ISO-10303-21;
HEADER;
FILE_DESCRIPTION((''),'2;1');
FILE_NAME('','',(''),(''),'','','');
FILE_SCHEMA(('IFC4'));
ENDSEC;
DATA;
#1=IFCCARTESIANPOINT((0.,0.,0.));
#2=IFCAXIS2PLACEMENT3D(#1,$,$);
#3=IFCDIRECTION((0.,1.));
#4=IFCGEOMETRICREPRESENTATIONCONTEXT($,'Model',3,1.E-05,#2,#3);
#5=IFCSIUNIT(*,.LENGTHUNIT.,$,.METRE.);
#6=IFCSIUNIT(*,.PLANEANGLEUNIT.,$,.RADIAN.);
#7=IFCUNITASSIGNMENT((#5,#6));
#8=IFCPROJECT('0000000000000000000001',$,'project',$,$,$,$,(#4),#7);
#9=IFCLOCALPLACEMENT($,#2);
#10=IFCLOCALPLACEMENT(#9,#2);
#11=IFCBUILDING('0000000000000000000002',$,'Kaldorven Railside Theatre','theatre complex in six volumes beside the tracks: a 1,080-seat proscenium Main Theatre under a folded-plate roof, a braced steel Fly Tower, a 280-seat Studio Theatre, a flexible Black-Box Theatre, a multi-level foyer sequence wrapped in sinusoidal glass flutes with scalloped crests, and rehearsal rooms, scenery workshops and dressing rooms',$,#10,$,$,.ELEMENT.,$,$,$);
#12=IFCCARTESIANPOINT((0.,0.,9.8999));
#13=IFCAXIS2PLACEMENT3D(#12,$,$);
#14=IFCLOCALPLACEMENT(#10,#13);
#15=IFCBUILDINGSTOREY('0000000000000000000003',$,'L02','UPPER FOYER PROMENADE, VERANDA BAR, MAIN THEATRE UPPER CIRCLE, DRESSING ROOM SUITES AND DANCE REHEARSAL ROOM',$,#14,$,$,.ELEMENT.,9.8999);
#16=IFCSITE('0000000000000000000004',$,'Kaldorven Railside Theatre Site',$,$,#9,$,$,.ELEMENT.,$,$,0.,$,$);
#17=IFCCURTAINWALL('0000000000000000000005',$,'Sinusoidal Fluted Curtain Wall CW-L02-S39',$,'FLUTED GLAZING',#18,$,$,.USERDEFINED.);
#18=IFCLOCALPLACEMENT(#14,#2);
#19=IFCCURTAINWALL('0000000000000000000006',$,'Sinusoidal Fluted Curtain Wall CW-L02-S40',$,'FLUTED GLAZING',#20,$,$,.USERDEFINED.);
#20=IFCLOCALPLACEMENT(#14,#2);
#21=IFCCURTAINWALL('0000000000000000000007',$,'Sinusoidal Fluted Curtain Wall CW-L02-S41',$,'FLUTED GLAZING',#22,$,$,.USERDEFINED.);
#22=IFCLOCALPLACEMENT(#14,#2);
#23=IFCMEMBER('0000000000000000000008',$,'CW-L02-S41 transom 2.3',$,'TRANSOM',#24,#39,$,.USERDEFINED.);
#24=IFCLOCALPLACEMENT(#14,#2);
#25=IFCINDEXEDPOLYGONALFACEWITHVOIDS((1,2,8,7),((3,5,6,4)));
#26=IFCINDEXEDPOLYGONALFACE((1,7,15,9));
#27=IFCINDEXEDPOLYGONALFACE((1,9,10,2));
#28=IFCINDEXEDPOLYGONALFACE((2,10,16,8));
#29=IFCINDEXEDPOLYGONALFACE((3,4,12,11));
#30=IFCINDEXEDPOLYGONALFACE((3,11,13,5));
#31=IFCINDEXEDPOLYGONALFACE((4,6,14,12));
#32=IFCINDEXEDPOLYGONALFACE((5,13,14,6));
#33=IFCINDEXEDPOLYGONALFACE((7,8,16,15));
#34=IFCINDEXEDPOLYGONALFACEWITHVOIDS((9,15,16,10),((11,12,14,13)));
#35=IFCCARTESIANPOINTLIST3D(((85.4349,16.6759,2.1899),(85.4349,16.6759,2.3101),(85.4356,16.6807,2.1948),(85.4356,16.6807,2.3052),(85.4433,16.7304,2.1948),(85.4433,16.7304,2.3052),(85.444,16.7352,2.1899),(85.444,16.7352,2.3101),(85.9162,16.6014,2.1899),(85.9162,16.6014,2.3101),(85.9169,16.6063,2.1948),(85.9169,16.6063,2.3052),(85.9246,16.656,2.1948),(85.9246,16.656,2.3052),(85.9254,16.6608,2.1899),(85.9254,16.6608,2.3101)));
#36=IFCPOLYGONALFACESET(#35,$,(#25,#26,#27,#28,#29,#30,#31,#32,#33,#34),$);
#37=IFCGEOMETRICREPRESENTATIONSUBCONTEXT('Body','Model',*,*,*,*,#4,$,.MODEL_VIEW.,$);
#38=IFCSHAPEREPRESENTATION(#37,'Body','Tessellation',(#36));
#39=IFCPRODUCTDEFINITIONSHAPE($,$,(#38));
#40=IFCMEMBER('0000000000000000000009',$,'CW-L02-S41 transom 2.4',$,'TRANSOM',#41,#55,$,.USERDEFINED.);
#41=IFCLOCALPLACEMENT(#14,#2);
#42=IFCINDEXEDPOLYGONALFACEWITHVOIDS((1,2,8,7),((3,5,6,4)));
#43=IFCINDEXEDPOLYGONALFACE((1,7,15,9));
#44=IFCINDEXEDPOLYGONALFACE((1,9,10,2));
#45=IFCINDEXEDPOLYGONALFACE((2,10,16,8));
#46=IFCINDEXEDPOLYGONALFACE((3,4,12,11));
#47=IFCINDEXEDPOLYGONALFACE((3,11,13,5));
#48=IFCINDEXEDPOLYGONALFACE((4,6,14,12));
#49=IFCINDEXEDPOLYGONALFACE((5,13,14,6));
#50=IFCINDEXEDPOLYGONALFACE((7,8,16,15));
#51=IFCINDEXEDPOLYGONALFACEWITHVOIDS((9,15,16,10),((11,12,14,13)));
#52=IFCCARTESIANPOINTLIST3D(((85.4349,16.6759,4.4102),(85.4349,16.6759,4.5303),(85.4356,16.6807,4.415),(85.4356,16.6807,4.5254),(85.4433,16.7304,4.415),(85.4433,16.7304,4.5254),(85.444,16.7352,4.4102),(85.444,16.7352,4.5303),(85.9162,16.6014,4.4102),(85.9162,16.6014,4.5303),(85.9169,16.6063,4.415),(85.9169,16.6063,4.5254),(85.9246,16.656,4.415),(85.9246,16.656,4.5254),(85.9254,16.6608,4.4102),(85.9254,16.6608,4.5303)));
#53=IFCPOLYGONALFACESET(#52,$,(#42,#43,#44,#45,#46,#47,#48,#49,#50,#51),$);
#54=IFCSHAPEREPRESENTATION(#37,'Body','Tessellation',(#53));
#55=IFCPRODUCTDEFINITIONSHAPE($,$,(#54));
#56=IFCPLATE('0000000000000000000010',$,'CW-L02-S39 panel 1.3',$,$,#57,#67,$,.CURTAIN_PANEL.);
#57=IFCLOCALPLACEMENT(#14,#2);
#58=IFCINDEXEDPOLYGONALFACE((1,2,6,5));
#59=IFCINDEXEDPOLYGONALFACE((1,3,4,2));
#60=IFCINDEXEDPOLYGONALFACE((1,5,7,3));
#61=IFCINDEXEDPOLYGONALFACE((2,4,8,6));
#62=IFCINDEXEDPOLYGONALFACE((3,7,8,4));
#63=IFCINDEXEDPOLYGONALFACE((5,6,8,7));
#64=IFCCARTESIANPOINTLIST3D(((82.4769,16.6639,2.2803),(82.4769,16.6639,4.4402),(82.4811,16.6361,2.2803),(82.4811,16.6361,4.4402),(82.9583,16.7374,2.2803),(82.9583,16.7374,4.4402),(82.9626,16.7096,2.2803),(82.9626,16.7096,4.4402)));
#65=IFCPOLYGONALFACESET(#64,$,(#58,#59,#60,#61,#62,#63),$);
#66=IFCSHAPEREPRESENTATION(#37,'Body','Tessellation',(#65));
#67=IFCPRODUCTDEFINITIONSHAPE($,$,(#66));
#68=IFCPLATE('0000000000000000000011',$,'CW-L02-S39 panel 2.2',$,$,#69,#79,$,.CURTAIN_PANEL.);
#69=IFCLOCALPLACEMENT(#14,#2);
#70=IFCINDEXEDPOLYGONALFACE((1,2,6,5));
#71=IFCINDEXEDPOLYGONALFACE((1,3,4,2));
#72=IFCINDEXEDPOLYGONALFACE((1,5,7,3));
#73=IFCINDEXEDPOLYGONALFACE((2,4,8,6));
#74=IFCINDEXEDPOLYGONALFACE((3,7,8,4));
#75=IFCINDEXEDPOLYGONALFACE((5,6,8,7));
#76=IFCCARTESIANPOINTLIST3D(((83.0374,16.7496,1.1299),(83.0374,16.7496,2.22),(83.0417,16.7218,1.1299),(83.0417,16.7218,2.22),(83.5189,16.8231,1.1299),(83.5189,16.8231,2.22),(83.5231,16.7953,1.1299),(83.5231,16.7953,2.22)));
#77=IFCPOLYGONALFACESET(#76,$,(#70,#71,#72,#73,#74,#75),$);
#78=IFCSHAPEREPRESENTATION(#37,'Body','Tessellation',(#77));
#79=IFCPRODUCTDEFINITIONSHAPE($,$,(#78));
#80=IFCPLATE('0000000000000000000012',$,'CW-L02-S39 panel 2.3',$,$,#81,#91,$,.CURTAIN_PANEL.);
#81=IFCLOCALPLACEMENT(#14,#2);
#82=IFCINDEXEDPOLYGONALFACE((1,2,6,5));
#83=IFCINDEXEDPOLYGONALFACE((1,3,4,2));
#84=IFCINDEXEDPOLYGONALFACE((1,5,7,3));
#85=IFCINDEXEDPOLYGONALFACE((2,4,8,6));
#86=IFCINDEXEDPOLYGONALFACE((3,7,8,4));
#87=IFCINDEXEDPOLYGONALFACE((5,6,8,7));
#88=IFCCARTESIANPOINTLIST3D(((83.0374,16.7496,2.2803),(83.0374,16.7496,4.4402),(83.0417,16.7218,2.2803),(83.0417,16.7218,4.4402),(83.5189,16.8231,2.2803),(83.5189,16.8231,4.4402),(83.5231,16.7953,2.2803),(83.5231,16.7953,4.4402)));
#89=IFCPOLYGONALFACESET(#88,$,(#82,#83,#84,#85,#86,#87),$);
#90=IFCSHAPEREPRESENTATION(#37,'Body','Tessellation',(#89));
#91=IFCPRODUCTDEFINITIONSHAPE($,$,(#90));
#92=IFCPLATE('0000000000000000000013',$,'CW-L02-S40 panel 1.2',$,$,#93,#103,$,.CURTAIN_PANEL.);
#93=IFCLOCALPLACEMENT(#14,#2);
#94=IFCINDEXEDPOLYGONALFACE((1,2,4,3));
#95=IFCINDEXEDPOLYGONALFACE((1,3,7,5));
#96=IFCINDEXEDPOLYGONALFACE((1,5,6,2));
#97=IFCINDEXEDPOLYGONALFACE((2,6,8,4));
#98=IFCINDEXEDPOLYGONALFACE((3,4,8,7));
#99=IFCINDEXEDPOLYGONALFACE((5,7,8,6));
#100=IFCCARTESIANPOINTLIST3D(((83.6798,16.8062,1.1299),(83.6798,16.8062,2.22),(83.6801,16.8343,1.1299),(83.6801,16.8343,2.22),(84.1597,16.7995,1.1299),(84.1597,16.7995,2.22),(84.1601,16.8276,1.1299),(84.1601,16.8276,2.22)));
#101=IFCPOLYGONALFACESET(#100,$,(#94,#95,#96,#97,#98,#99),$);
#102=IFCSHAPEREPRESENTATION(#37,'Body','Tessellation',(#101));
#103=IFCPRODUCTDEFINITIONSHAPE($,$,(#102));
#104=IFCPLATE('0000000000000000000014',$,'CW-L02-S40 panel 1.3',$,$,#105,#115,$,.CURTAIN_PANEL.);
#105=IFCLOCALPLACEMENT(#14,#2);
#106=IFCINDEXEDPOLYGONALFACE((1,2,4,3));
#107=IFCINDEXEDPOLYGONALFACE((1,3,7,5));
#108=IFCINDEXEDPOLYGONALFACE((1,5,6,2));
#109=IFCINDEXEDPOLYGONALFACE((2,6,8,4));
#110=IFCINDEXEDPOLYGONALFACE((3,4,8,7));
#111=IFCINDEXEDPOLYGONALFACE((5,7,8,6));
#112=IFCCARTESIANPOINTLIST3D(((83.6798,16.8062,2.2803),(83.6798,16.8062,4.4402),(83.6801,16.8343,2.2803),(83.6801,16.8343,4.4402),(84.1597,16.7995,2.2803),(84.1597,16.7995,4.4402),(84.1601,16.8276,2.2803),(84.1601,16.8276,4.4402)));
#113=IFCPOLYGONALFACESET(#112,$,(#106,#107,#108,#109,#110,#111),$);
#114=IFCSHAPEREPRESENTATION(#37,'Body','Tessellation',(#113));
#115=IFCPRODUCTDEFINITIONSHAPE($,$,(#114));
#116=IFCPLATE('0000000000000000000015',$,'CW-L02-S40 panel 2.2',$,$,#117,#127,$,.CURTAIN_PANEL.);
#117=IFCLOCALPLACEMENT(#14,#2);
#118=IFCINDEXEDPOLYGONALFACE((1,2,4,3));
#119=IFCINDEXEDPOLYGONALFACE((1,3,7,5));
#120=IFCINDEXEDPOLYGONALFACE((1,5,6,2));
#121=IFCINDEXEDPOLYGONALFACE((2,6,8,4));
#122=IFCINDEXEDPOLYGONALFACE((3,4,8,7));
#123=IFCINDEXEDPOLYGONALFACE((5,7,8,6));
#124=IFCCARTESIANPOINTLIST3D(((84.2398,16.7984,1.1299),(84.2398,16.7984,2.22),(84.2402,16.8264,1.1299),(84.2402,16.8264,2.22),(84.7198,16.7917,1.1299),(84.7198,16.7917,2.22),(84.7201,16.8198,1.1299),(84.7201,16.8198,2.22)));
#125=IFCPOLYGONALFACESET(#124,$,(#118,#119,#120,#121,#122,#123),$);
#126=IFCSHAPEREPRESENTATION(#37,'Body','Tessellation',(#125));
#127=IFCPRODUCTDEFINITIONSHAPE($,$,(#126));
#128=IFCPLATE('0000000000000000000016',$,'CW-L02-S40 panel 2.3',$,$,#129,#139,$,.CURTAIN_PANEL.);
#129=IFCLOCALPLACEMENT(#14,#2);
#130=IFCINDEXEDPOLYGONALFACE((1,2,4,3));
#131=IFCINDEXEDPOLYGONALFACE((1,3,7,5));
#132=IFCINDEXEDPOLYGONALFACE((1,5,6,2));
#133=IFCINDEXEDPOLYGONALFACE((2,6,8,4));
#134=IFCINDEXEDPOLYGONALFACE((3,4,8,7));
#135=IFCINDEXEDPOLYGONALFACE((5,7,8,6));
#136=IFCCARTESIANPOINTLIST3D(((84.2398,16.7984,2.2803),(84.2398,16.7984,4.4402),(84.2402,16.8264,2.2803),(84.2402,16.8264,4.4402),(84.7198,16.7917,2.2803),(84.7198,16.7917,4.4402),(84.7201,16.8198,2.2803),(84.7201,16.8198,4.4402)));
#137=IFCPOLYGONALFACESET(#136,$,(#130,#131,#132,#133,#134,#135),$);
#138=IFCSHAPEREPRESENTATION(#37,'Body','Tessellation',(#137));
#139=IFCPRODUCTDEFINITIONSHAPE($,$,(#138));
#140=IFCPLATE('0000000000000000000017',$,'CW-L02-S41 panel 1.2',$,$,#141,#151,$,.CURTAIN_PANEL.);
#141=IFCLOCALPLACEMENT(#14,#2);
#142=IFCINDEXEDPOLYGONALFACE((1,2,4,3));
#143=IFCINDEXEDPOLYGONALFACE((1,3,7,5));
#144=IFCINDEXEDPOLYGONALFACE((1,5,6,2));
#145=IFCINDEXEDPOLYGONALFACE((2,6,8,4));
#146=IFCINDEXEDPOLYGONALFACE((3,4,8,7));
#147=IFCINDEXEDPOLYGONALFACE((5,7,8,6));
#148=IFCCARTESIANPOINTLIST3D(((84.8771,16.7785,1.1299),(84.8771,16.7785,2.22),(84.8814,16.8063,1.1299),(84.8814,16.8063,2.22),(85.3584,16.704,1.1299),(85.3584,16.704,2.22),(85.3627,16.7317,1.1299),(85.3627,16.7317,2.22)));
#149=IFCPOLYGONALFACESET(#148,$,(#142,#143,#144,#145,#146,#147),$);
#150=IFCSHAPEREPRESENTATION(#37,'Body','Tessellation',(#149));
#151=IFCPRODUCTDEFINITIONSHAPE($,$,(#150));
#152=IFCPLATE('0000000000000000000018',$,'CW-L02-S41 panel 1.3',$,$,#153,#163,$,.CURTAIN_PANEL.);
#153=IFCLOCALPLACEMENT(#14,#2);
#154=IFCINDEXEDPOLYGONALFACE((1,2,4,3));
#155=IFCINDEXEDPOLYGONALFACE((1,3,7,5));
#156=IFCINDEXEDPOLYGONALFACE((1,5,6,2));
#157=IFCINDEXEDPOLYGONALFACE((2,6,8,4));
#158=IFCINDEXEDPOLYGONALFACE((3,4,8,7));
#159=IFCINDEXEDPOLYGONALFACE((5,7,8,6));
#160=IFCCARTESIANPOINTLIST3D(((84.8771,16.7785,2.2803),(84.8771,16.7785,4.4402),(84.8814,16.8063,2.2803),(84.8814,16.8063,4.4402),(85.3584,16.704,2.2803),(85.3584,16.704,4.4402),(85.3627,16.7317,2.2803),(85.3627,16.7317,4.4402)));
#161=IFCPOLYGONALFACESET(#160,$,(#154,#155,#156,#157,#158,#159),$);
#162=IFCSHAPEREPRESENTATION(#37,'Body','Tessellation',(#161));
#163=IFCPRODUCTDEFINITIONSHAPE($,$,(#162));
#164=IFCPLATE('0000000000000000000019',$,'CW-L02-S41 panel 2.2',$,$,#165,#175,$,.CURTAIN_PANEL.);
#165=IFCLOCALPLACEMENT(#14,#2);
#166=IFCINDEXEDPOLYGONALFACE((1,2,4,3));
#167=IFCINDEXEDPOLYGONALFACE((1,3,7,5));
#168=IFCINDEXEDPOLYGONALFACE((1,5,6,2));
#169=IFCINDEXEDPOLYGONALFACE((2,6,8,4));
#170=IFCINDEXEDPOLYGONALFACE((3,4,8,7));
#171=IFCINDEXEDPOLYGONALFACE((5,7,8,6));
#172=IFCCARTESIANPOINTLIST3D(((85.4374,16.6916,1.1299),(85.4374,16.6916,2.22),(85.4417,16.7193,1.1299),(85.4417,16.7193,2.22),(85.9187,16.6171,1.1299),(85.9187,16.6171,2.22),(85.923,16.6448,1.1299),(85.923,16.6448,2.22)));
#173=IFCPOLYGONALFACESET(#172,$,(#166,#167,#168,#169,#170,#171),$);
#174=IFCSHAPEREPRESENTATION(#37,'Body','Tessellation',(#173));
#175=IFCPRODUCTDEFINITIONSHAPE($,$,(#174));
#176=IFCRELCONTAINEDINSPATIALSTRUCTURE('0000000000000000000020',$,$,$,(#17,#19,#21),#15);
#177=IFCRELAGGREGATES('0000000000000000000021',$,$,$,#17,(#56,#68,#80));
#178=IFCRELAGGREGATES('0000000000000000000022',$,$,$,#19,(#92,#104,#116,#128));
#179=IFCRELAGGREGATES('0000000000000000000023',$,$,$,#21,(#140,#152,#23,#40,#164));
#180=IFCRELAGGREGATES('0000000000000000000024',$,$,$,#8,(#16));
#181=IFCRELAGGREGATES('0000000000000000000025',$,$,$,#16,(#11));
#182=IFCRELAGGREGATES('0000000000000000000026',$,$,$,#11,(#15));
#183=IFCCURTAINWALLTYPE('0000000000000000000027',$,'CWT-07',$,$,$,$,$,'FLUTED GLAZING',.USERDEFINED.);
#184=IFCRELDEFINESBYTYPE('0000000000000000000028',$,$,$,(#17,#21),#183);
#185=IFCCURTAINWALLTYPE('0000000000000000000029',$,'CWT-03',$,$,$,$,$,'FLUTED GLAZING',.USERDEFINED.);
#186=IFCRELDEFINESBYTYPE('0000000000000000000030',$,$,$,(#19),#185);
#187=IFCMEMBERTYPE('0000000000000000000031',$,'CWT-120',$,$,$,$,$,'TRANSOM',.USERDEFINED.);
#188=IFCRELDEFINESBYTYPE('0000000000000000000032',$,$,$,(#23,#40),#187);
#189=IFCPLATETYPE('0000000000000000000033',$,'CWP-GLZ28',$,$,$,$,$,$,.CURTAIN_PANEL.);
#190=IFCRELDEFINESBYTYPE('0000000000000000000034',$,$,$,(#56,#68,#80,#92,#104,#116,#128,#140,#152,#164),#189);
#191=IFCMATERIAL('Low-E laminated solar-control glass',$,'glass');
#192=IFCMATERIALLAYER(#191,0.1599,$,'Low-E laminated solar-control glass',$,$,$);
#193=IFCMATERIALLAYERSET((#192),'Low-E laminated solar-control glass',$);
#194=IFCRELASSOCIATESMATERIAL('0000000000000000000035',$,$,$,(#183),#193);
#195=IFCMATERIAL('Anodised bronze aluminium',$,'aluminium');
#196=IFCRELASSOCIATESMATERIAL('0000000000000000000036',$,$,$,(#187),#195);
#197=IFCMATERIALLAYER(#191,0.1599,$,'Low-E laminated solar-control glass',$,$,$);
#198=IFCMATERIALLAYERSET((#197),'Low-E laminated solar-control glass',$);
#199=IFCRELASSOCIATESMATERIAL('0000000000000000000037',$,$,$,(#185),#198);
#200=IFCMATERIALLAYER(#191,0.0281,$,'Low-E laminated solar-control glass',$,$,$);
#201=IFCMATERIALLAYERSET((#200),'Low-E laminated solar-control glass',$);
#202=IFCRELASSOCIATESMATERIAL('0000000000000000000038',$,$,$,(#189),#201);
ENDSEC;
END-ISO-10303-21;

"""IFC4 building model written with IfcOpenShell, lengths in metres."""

from ifc_helpers import new_model, si_unit, direction, frame, origin, origin_2d, place, context, subcontext, project, spatial, rectangle, hollow_rectangle, extrude, material, layer, layer_set, material_profile, profile_set, type_object, element, aggregate, save


model = new_model("IFC4")

# Units and contexts
model_context = context("Model", 3, precision=1e-05, world=origin(), true_north=direction((0.0, 1.0)))
body_context = subcontext(model_context, "Body", "Model", "MODEL_VIEW")
ifc_project = project(units=[si_unit("LENGTHUNIT", "METRE"), si_unit("PLANEANGLEUNIT", "RADIAN")], contexts=[model_context])

# Site, building, storey
site_placement = place(None, origin())
site = spatial("IfcSite", under=ifc_project, at=site_placement, Name="Kaldorven Railside Theatre Site", CompositionType="ELEMENT", RefElevation=0.0)
building_placement = place(site_placement, origin())
building = spatial("IfcBuilding", under=site, at=building_placement, Name="Kaldorven Railside Theatre", Description="theatre complex in six volumes beside the tracks: a 1,080-seat proscenium Main Theatre under a folded-plate roof, a braced steel Fly Tower, a 280-seat Studio Theatre, a flexible Black-Box Theatre, a multi-level foyer sequence wrapped in sinusoidal glass flutes with scalloped crests, and rehearsal rooms, scenery workshops and dressing rooms", CompositionType="ELEMENT")
storey_placement = place(building_placement, frame((0.0, 0.0, 9.8999)))
storey = spatial("IfcBuildingStorey", under=building, at=storey_placement, Name="L02", Description="UPPER FOYER PROMENADE, VERANDA BAR, MAIN THEATRE UPPER CIRCLE, DRESSING ROOM SUITES AND DANCE REHEARSAL ROOM", CompositionType="ELEMENT", Elevation=9.8999)

# Curtain walls, members
ifc_material_1 = material(Name="Low-E laminated solar-control glass", Category="glass")
ifc_layer_1 = layer(ifc_material_1, 0.1599, Name="Low-E laminated solar-control glass")
ifc_layer_set_1 = layer_set([ifc_layer_1], Name="Low-E laminated solar-control glass")
curtain_wall_type_1 = type_object("IfcCurtainWallType", Name="CWT-07", ElementType="FLUTED GLAZING", PredefinedType="USERDEFINED", material=ifc_layer_set_1)
curtain_wall_1_placement = place(storey_placement, origin())
curtain_wall_1 = element("IfcCurtainWall", 1, at=curtain_wall_1_placement, inside=storey, type_object=curtain_wall_type_1, Name="Sinusoidal Fluted Curtain Wall CW-L02-S39", ObjectType="FLUTED GLAZING", PredefinedType="USERDEFINED")
ifc_material_2 = material(Name="Anodised bronze aluminium", Category="aluminium")
ifc_material_profile = material_profile(ifc_material_2, hollow_rectangle(XDim=0.0601, YDim=0.1201, WallThickness=0.0049, at=origin_2d()), Name="RHS 120x60x5")
ifc_profile_set = profile_set([ifc_material_profile], Name="Anodised bronze aluminium")
member_type = type_object("IfcMemberType", Name="CWT-120", ElementType="TRANSOM", PredefinedType="USERDEFINED", material=ifc_profile_set)
ifc_layer_2 = layer(ifc_material_1, 0.1599, Name="Low-E laminated solar-control glass")
ifc_layer_set_2 = layer_set([ifc_layer_2], Name="Low-E laminated solar-control glass")
curtain_wall_type_2 = type_object("IfcCurtainWallType", Name="CWT-03", ElementType="FLUTED GLAZING", PredefinedType="USERDEFINED", material=ifc_layer_set_2)
curtain_wall_2_placement = place(storey_placement, origin())
curtain_wall_2 = element("IfcCurtainWall", 2, at=curtain_wall_2_placement, inside=storey, type_object=curtain_wall_type_2, Name="Sinusoidal Fluted Curtain Wall CW-L02-S40", ObjectType="FLUTED GLAZING", PredefinedType="USERDEFINED")
curtain_wall_3_placement = place(storey_placement, origin())
curtain_wall_3 = element("IfcCurtainWall", 3, at=curtain_wall_3_placement, inside=storey, type_object=curtain_wall_type_1, Name="Sinusoidal Fluted Curtain Wall CW-L02-S41", ObjectType="FLUTED GLAZING", PredefinedType="USERDEFINED")
member_1_placement = place(storey_placement, frame((85.4395, 16.7056, 2.25), z_axis=(0.98825, -0.152848, 0.0), x_axis=(0.152848, 0.98825, 0.0)))
member_1 = element("IfcMember", 4, at=member_1_placement, type_object=member_type, Name="CW-L02-S41 transom 2.3", ObjectType="TRANSOM", PredefinedType="USERDEFINED", context=body_context, shape_type="SweptSolid", body=[
    extrude(hollow_rectangle(XDim=0.0601, YDim=0.1201, WallThickness=0.0049, at=origin_2d()), origin(), (0.0, 0.0, 1.0), 0.4871),
])
member_2_placement = place(storey_placement, frame((85.4395, 16.7056, 4.4702), z_axis=(0.98825, -0.152848, 0.0), x_axis=(0.152848, 0.98825, 0.0)))
member_2 = element("IfcMember", 5, at=member_2_placement, type_object=member_type, Name="CW-L02-S41 transom 2.4", ObjectType="TRANSOM", PredefinedType="USERDEFINED", context=body_context, shape_type="SweptSolid", body=[
    extrude(hollow_rectangle(XDim=0.0601, YDim=0.1201, WallThickness=0.0049, at=origin_2d()), origin(), (0.0, 0.0, 1.0), 0.4871),
])

# Plates
ifc_layer_3 = layer(ifc_material_1, 0.0281, Name="Low-E laminated solar-control glass")
ifc_layer_set_3 = layer_set([ifc_layer_3], Name="Low-E laminated solar-control glass")
plate_type = type_object("IfcPlateType", Name="CWP-GLZ28", PredefinedType="CURTAIN_PANEL", material=ifc_layer_set_3)
plate_1_placement = place(storey_placement, frame((82.7197, 16.6868, 2.2803), z_axis=(0.0, 0.0, 1.0), x_axis=(0.988546, 0.150918, 0.0)))
plate_1 = element("IfcPlate", 6, at=plate_1_placement, type_object=plate_type, Name="CW-L02-S39 panel 1.3", PredefinedType="CURTAIN_PANEL", context=body_context, shape_type="SweptSolid", body=[
    extrude(rectangle(XDim=0.4871, YDim=0.0281, at=origin_2d()), origin(), (0.0, 0.0, 1.0), 2.1599),
])
plate_2_placement = place(storey_placement, frame((83.2803, 16.7725, 1.1299), z_axis=(0.0, 0.0, 1.0), x_axis=(0.988546, 0.150918, 0.0)))
plate_2 = element("IfcPlate", 7, at=plate_2_placement, type_object=plate_type, Name="CW-L02-S39 panel 2.2", PredefinedType="CURTAIN_PANEL", context=body_context, shape_type="SweptSolid", body=[
    extrude(rectangle(XDim=0.4871, YDim=0.0281, at=origin_2d()), origin(), (0.0, 0.0, 1.0), 1.0901),
])
plate_3_placement = place(storey_placement, frame((83.2803, 16.7725, 2.2803), z_axis=(0.0, 0.0, 1.0), x_axis=(0.988546, 0.150918, 0.0)))
plate_3 = element("IfcPlate", 8, at=plate_3_placement, type_object=plate_type, Name="CW-L02-S39 panel 2.3", PredefinedType="CURTAIN_PANEL", context=body_context, shape_type="SweptSolid", body=[
    extrude(rectangle(XDim=0.4871, YDim=0.0281, at=origin_2d()), origin(), (0.0, 0.0, 1.0), 2.1599),
])
aggregate(curtain_wall_1, [plate_1, plate_2, plate_3])
plate_4_placement = place(storey_placement, frame((83.9199, 16.8169, 1.1299), z_axis=(0.0, 0.0, 1.0), x_axis=(0.999904, -0.013832, 0.0)))
plate_4 = element("IfcPlate", 9, at=plate_4_placement, type_object=plate_type, Name="CW-L02-S40 panel 1.2", PredefinedType="CURTAIN_PANEL", context=body_context, shape_type="SweptSolid", body=[
    extrude(rectangle(XDim=0.48, YDim=0.0281, at=origin_2d()), origin(), (0.0, 0.0, 1.0), 1.0901),
])
plate_5_placement = place(storey_placement, frame((83.9199, 16.8169, 2.2803), z_axis=(0.0, 0.0, 1.0), x_axis=(0.999904, -0.013832, 0.0)))
plate_5 = element("IfcPlate", 10, at=plate_5_placement, type_object=plate_type, Name="CW-L02-S40 panel 1.3", PredefinedType="CURTAIN_PANEL", context=body_context, shape_type="SweptSolid", body=[
    extrude(rectangle(XDim=0.48, YDim=0.0281, at=origin_2d()), origin(), (0.0, 0.0, 1.0), 2.1599),
])
plate_6_placement = place(storey_placement, frame((84.48, 16.8091, 1.1299), z_axis=(0.0, 0.0, 1.0), x_axis=(0.999904, -0.013832, 0.0)))
plate_6 = element("IfcPlate", 11, at=plate_6_placement, type_object=plate_type, Name="CW-L02-S40 panel 2.2", PredefinedType="CURTAIN_PANEL", context=body_context, shape_type="SweptSolid", body=[
    extrude(rectangle(XDim=0.48, YDim=0.0281, at=origin_2d()), origin(), (0.0, 0.0, 1.0), 1.0901),
])
plate_7_placement = place(storey_placement, frame((84.48, 16.8091, 2.2803), z_axis=(0.0, 0.0, 1.0), x_axis=(0.999904, -0.013832, 0.0)))
plate_7 = element("IfcPlate", 12, at=plate_7_placement, type_object=plate_type, Name="CW-L02-S40 panel 2.3", PredefinedType="CURTAIN_PANEL", context=body_context, shape_type="SweptSolid", body=[
    extrude(rectangle(XDim=0.48, YDim=0.0281, at=origin_2d()), origin(), (0.0, 0.0, 1.0), 2.1599),
])
aggregate(curtain_wall_2, [plate_4, plate_5, plate_6, plate_7])
plate_8_placement = place(storey_placement, frame((85.1199, 16.7551, 1.1299), z_axis=(0.0, 0.0, 1.0), x_axis=(0.988225, -0.15301, 0.0)))
plate_8 = element("IfcPlate", 13, at=plate_8_placement, type_object=plate_type, Name="CW-L02-S41 panel 1.2", PredefinedType="CURTAIN_PANEL", context=body_context, shape_type="SweptSolid", body=[
    extrude(rectangle(XDim=0.4871, YDim=0.0281, at=origin_2d()), origin(), (0.0, 0.0, 1.0), 1.0901),
])
plate_9_placement = place(storey_placement, frame((85.1199, 16.7551, 2.2803), z_axis=(0.0, 0.0, 1.0), x_axis=(0.988225, -0.15301, 0.0)))
plate_9 = element("IfcPlate", 14, at=plate_9_placement, type_object=plate_type, Name="CW-L02-S41 panel 1.3", PredefinedType="CURTAIN_PANEL", context=body_context, shape_type="SweptSolid", body=[
    extrude(rectangle(XDim=0.4871, YDim=0.0281, at=origin_2d()), origin(), (0.0, 0.0, 1.0), 2.1599),
])
plate_10_placement = place(storey_placement, frame((85.6802, 16.6682, 1.1299), z_axis=(0.0, 0.0, 1.0), x_axis=(0.988225, -0.15301, 0.0)))
plate_10 = element("IfcPlate", 15, at=plate_10_placement, type_object=plate_type, Name="CW-L02-S41 panel 2.2", PredefinedType="CURTAIN_PANEL", context=body_context, shape_type="SweptSolid", body=[
    extrude(rectangle(XDim=0.4871, YDim=0.0281, at=origin_2d()), origin(), (0.0, 0.0, 1.0), 1.0901),
])
aggregate(curtain_wall_3, [plate_8, plate_9, member_1, member_2, plate_10])

save(model, "model.ifc")
